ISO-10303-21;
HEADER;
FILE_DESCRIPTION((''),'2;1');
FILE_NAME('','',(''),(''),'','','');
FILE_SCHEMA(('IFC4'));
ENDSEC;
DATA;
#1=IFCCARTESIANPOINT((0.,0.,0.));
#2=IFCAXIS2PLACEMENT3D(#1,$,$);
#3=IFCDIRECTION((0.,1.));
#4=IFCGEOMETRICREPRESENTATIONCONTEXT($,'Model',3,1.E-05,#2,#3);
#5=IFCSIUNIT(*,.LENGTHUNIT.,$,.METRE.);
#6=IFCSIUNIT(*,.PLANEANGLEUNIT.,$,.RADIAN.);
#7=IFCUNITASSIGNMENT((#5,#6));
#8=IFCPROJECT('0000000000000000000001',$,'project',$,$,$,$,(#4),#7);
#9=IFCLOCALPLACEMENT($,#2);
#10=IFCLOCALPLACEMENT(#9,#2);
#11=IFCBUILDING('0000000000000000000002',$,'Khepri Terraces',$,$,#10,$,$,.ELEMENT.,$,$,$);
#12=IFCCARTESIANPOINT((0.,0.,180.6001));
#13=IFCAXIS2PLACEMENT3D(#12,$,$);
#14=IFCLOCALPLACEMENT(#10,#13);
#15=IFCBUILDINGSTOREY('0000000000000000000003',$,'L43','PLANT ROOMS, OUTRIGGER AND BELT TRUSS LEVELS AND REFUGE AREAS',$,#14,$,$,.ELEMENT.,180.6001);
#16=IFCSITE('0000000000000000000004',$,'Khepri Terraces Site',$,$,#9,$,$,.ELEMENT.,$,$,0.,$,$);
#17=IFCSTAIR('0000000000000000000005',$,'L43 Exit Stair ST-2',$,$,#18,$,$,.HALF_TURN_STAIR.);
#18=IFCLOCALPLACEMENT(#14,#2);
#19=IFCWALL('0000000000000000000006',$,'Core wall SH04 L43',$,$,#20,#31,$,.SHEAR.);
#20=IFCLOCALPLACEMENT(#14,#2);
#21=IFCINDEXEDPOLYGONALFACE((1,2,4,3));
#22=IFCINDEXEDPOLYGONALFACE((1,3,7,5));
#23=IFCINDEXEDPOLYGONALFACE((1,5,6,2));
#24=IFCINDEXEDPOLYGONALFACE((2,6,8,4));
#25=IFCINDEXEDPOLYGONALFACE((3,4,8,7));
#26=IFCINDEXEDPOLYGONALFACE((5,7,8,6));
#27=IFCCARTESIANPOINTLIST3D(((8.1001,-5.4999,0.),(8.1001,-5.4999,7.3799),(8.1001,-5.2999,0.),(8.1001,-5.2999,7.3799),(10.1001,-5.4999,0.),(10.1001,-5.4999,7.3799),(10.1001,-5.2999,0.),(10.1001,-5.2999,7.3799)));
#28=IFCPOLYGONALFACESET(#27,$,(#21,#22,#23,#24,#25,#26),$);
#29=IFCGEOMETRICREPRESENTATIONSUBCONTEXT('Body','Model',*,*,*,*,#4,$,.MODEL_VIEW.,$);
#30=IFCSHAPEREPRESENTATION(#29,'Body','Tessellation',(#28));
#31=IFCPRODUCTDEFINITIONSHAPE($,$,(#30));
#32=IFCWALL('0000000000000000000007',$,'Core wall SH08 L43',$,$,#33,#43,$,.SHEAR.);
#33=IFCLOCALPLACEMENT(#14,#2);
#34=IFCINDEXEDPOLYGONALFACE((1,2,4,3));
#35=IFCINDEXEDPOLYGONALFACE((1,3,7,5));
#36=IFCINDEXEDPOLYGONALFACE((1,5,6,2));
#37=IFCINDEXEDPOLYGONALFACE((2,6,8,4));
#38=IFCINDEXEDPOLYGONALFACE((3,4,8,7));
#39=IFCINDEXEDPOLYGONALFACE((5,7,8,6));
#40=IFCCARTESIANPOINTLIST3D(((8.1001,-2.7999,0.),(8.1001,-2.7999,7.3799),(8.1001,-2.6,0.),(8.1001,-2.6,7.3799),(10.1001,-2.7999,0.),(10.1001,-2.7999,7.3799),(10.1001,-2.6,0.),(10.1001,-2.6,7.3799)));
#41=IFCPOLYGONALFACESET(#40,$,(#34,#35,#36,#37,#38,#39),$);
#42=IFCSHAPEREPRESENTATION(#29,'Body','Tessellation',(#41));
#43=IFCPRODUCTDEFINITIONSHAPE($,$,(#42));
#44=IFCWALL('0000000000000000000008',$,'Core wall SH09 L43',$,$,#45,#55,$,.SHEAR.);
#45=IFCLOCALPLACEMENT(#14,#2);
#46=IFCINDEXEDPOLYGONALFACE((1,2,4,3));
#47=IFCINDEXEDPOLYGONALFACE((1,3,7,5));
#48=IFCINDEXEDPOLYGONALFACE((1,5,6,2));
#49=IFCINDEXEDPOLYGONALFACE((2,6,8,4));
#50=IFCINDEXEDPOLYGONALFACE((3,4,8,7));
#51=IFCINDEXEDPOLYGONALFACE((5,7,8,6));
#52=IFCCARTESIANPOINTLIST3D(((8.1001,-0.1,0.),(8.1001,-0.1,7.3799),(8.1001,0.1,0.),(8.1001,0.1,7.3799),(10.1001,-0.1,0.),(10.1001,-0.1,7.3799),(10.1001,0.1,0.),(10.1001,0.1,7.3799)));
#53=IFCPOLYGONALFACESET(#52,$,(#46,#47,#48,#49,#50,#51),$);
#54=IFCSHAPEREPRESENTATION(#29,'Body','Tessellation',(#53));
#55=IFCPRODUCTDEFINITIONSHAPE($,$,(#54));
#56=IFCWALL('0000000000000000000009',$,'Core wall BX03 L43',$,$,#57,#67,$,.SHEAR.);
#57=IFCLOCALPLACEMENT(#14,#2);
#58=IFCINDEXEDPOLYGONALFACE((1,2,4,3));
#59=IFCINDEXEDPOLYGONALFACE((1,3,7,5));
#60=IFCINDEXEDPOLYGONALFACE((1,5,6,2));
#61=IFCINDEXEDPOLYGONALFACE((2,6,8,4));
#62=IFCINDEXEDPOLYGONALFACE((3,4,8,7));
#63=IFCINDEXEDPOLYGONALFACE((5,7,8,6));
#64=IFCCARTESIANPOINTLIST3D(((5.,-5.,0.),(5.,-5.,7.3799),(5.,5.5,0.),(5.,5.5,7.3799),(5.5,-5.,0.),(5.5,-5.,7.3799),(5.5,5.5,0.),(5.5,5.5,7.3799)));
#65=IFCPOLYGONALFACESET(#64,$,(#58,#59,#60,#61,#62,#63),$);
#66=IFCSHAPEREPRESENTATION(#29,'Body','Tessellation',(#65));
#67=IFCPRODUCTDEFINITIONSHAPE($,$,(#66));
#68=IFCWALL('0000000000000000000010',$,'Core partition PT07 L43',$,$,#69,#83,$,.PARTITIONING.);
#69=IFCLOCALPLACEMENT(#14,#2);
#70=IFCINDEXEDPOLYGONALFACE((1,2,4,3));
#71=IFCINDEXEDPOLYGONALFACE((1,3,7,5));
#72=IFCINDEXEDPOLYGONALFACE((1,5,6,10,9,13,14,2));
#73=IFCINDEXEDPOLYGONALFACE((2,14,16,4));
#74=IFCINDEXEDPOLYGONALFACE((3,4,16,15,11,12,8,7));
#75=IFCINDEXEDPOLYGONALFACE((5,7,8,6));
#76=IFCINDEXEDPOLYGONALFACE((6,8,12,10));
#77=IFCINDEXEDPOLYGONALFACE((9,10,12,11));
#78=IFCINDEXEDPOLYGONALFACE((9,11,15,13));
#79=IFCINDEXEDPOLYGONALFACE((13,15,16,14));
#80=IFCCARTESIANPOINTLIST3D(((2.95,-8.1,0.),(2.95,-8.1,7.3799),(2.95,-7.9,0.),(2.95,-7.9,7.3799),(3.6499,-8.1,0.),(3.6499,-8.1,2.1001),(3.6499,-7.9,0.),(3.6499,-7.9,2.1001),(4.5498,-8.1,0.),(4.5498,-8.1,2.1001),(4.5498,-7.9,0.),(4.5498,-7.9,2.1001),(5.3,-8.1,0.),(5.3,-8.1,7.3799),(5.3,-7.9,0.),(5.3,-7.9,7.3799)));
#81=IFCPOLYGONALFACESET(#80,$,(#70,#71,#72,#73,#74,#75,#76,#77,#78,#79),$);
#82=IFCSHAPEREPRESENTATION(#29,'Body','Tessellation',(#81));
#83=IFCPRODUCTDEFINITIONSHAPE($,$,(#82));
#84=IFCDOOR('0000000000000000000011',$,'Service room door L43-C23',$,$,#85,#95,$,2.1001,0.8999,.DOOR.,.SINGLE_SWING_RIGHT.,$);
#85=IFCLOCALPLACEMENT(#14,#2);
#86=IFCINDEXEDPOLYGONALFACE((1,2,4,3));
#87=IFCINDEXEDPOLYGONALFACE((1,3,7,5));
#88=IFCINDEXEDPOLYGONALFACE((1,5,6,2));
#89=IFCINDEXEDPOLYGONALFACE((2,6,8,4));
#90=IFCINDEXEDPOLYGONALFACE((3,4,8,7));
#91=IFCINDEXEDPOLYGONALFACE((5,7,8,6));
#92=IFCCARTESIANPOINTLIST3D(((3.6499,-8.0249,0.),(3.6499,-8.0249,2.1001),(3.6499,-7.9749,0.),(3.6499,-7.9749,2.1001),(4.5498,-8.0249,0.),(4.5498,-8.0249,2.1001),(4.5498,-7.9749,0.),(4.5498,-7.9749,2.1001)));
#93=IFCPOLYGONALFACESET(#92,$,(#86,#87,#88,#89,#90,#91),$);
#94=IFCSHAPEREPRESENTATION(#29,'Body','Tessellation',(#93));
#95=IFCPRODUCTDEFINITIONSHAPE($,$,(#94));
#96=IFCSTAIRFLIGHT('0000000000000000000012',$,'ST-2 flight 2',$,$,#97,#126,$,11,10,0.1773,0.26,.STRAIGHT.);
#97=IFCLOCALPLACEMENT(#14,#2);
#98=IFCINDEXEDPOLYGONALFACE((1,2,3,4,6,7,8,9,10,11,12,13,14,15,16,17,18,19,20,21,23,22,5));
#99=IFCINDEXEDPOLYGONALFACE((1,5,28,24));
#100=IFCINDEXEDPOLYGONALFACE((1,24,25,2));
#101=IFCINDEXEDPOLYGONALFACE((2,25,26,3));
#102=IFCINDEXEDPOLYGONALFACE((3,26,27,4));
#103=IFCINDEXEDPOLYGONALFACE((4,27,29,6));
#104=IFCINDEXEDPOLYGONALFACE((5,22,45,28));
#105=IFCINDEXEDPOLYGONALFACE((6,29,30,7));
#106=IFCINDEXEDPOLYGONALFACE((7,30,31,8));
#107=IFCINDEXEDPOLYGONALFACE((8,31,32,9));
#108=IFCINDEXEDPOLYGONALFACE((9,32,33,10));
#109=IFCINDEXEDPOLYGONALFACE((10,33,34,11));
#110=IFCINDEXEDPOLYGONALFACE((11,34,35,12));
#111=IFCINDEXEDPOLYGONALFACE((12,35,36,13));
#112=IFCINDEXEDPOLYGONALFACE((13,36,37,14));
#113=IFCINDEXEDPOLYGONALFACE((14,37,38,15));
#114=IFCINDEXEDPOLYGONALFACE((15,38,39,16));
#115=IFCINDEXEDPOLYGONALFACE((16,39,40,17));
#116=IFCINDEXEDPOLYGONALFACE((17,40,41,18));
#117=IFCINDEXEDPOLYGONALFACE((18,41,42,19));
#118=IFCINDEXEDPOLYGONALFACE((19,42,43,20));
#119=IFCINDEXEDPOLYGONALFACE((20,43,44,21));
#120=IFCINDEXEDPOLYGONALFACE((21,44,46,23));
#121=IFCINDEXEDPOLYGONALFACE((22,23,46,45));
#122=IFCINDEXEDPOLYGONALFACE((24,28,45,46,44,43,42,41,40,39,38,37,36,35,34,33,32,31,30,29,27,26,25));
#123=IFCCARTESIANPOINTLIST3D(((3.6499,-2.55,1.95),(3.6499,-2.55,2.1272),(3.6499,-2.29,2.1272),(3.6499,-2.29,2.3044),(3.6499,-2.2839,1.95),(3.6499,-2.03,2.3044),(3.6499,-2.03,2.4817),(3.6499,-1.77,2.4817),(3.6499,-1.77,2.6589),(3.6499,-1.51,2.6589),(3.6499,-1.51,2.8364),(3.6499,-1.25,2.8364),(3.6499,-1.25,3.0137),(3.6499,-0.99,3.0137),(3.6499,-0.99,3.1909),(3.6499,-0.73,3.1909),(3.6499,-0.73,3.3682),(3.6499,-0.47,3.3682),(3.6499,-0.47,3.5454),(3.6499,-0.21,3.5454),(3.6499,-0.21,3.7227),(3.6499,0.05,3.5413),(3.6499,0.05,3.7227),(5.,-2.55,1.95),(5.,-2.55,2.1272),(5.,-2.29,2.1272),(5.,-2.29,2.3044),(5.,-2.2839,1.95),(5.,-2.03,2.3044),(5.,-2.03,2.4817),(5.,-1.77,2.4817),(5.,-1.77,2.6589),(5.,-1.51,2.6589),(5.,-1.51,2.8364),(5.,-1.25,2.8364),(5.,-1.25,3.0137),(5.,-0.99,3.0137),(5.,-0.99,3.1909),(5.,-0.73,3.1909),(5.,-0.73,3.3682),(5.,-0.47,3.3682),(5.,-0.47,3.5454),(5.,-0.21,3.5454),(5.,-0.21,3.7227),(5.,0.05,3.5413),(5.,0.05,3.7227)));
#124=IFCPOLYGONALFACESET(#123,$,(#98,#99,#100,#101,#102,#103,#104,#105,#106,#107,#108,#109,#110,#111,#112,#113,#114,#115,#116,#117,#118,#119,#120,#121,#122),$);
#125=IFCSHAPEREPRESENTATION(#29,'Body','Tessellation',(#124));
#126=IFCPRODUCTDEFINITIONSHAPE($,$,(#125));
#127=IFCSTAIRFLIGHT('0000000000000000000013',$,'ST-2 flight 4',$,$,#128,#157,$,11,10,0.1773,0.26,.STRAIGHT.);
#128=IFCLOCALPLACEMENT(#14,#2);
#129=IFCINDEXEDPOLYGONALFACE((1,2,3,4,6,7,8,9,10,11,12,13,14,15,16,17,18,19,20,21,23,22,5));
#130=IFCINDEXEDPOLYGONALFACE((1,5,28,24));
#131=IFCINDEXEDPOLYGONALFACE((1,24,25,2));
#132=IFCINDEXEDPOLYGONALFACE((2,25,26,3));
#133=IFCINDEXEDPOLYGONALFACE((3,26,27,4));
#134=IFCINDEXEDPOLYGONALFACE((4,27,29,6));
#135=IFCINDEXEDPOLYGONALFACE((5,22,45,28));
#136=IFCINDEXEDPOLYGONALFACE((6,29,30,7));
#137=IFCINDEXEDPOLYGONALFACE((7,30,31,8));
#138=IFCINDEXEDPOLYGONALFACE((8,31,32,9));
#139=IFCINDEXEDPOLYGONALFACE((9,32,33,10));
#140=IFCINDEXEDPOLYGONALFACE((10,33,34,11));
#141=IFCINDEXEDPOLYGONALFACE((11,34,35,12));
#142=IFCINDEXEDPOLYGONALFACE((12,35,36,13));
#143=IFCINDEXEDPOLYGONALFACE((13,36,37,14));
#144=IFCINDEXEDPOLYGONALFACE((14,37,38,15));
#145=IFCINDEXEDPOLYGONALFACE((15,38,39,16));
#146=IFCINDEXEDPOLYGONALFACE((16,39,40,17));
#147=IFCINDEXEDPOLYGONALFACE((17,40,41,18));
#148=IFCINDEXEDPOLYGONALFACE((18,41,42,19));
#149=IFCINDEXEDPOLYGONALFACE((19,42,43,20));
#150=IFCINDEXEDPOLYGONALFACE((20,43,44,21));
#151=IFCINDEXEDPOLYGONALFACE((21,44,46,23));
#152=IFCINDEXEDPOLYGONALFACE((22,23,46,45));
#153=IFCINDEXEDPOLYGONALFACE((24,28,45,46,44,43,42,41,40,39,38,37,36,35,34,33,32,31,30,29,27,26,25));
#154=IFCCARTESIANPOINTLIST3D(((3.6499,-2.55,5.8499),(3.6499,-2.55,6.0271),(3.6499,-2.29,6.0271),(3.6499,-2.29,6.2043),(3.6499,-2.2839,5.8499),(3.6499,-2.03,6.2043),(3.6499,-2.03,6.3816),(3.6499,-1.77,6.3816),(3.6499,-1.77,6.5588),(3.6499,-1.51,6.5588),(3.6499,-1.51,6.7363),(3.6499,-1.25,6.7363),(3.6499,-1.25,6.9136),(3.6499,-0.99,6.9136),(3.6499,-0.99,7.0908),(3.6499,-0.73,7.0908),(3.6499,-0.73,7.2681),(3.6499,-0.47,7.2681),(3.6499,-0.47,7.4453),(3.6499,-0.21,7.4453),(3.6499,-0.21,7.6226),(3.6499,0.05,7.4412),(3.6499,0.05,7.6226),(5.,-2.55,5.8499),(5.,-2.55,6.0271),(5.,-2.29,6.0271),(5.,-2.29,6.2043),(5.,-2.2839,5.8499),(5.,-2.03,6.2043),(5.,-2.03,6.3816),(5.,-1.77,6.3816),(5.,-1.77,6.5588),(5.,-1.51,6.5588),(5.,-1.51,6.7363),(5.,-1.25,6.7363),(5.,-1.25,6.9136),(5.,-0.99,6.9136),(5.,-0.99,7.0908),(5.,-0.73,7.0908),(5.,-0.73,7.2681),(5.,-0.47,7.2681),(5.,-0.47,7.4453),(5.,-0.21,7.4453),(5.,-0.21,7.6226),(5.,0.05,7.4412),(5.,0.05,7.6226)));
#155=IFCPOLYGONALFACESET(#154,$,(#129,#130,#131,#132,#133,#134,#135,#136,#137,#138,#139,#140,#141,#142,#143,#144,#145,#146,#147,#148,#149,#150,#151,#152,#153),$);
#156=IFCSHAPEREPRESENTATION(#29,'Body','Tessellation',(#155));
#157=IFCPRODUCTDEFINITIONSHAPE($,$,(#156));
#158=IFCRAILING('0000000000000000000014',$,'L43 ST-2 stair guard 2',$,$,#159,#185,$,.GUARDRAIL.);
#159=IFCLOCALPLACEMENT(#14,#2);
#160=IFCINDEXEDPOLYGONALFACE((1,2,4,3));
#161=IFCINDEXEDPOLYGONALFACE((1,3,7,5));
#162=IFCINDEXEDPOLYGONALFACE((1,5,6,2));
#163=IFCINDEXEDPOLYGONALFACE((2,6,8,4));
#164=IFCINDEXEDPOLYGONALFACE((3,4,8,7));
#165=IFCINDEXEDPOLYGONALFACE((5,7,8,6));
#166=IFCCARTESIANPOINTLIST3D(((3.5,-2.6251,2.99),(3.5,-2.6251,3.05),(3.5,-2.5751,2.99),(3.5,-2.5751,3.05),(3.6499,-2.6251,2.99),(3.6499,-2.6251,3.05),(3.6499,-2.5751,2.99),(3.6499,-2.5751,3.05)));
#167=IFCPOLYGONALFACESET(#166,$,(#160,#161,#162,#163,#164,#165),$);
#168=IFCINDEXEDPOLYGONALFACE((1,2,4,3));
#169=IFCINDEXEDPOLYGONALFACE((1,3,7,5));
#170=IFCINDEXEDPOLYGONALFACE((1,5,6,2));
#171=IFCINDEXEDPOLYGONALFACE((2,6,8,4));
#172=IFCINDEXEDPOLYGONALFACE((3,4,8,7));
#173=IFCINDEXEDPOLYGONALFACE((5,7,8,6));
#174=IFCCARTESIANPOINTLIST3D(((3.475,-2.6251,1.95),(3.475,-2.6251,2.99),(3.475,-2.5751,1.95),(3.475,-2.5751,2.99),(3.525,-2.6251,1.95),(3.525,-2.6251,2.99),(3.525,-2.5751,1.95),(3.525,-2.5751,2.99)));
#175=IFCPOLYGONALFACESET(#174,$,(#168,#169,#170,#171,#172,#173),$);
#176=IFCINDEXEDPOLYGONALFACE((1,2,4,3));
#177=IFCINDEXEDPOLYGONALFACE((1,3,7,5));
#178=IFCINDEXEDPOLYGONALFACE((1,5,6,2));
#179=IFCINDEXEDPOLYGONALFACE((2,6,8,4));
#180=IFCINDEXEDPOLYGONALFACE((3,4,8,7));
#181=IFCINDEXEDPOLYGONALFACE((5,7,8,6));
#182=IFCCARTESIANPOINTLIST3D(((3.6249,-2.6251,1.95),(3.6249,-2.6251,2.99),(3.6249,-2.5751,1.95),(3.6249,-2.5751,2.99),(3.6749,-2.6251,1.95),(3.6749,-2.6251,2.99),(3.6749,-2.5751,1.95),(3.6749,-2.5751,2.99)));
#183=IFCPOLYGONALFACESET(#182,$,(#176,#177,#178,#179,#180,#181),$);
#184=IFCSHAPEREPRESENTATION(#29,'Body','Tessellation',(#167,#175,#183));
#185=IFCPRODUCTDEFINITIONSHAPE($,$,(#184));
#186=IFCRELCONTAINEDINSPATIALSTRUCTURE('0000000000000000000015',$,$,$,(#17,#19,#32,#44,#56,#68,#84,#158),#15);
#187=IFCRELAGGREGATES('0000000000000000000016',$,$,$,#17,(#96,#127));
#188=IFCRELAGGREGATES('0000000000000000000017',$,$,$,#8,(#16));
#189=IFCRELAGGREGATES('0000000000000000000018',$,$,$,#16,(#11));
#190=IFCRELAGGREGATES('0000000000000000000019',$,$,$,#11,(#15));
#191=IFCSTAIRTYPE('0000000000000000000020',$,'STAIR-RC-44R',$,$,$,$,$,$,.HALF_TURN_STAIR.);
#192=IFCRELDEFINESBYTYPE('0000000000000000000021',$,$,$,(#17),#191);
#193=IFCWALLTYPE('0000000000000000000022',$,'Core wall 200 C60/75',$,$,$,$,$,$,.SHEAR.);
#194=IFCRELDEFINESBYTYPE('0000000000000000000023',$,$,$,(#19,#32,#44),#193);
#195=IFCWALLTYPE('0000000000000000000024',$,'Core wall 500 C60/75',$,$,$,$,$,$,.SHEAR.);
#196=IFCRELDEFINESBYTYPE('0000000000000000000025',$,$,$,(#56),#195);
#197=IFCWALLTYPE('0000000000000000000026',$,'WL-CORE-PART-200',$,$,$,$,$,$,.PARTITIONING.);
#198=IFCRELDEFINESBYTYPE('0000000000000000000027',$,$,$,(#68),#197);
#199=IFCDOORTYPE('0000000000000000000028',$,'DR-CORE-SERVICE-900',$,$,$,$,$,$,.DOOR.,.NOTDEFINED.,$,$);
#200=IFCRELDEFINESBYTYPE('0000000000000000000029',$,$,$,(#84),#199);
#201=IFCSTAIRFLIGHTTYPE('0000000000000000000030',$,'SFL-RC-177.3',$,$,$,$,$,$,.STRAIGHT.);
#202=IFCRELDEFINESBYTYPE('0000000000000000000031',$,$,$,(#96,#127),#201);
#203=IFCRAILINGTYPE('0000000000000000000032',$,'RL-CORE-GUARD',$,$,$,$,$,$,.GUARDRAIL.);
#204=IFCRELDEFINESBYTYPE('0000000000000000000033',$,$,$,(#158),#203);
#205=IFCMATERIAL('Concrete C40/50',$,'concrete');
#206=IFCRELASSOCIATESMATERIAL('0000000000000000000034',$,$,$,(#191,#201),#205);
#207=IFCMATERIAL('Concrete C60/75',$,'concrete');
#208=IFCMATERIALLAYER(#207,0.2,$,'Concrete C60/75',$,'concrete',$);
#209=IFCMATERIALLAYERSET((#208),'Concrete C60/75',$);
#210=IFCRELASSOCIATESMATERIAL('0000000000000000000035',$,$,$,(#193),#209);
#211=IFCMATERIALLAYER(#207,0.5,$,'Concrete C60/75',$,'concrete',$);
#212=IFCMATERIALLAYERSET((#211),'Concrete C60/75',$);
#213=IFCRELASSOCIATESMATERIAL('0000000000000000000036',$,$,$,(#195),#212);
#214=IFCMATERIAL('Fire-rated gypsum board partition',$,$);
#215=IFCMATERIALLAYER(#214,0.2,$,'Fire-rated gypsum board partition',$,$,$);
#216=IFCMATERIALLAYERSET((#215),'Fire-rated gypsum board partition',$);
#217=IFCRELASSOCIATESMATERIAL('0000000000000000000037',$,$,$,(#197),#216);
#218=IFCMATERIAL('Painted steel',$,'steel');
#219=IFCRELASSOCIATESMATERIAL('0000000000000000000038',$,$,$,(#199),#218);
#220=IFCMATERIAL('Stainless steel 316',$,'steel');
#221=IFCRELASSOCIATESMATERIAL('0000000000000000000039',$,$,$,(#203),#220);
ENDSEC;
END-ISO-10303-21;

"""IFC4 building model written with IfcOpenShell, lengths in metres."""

from ifc_helpers import new_model, si_unit, direction, frame, frame_2d, origin, origin_2d, place, context, subcontext, project, spatial, polyline, rectangle, outline, extrude, material, layer, layer_set, type_object, element, fill, aggregate, save


model = new_model("IFC4")

# Units and contexts
model_context = context("Model", 3, precision=1e-05, world=origin(), true_north=direction((0.0, 1.0)))
body_context = subcontext(model_context, "Body", "Model", "MODEL_VIEW")
ifc_project = project(units=[si_unit("LENGTHUNIT", "METRE"), si_unit("PLANEANGLEUNIT", "RADIAN")], contexts=[model_context])

# Site, building, storey
site_placement = place(None, origin())
site = spatial("IfcSite", under=ifc_project, at=site_placement, Name="Khepri Terraces Site", CompositionType="ELEMENT", RefElevation=0.0)
building_placement = place(site_placement, origin())
building = spatial("IfcBuilding", under=site, at=building_placement, Name="Khepri Terraces", CompositionType="ELEMENT")
storey_placement = place(building_placement, frame((0.0, 0.0, 180.6001)))
storey = spatial("IfcBuildingStorey", under=building, at=storey_placement, Name="L43", Description="PLANT ROOMS, OUTRIGGER AND BELT TRUSS LEVELS AND REFUGE AREAS", CompositionType="ELEMENT", Elevation=180.6001)

# Stair
ifc_material_1 = material(Name="Concrete C40/50", Category="concrete")
stair_type = type_object("IfcStairType", Name="STAIR-RC-44R", PredefinedType="HALF_TURN_STAIR", material=ifc_material_1)
stair_1_placement = place(storey_placement, origin())
stair_1 = element("IfcStair", 1, at=stair_1_placement, inside=storey, type_object=stair_type, Name="L43 Exit Stair ST-2", PredefinedType="HALF_TURN_STAIR")

# Shared definitions
ifc_material_2 = material(Name="Concrete C60/75", Category="concrete")
ifc_layer_1 = layer(ifc_material_2, 0.2, Name="Concrete C60/75", Category="concrete")
ifc_layer_set_1 = layer_set([ifc_layer_1], Name="Concrete C60/75")
wall_type_1 = type_object("IfcWallType", Name="Core wall 200 C60/75", PredefinedType="SHEAR", material=ifc_layer_set_1)
ifc_material_3 = material(Name="Painted steel", Category="steel")

# Walls
for number, where, z_axis, x_axis, name in (
    (2, (8.1001, -5.3999, 0.0), (0.0, 0.0, 1.0), (1.0, 0.0, 0.0), "Core wall SH04 L43"),
    (3, (8.1001, -2.7, 0.0), (0.0, 0.0, 1.0), (1.0, 0.0, 0.0), "Core wall SH08 L43"),
    (4, (8.1001, 0.0, 0.0), (0.0, 0.0, 1.0), (1.0, 0.0, 0.0), "Core wall SH09 L43"),
):
    element("IfcWall", number, at=place(storey_placement, frame(where, z_axis=z_axis, x_axis=x_axis)), inside=storey, type_object=wall_type_1, Name=name, PredefinedType="SHEAR", context=body_context, shape_type="SweptSolid", body=[
        extrude(rectangle(XDim=2.0, YDim=0.2, at=frame_2d((1.0, 0.0))), origin(), (0.0, 0.0, 1.0), 7.3799),
    ])
ifc_layer_2 = layer(ifc_material_2, 0.5, Name="Concrete C60/75", Category="concrete")
ifc_layer_set_2 = layer_set([ifc_layer_2], Name="Concrete C60/75")
wall_type_2 = type_object("IfcWallType", Name="Core wall 500 C60/75", PredefinedType="SHEAR", material=ifc_layer_set_2)
wall_1_placement = place(storey_placement, frame((5.25, -5.0, 0.0), z_axis=(0.0, 0.0, 1.0), x_axis=(0.0, 1.0, 0.0)))
element("IfcWall", 5, at=wall_1_placement, inside=storey, type_object=wall_type_2, Name="Core wall BX03 L43", PredefinedType="SHEAR", context=body_context, shape_type="SweptSolid", body=[
    extrude(rectangle(XDim=10.5, YDim=0.5, at=frame_2d((5.25, 0.0))), origin(), (0.0, 0.0, 1.0), 7.3799),
])

# Wall, opening, door
ifc_material_4 = material(Name="Fire-rated gypsum board partition")
ifc_layer_3 = layer(ifc_material_4, 0.2, Name="Fire-rated gypsum board partition")
ifc_layer_set_3 = layer_set([ifc_layer_3], Name="Fire-rated gypsum board partition")
wall_type_3 = type_object("IfcWallType", Name="WL-CORE-PART-200", PredefinedType="PARTITIONING", material=ifc_layer_set_3)
wall_2_placement = place(storey_placement, frame((2.95, -8.0, 0.0), z_axis=(0.0, 0.0, 1.0), x_axis=(1.0, 0.0, 0.0)))
wall_2 = element("IfcWall", 6, at=wall_2_placement, inside=storey, type_object=wall_type_3, Name="Core partition PT07 L43", PredefinedType="PARTITIONING", context=body_context, shape_type="SweptSolid", body=[
    extrude(rectangle(XDim=2.3501, YDim=0.2, at=frame_2d((1.175, 0.0))), origin(), (0.0, 0.0, 1.0), 7.3799),
])
opening_1_placement = place(wall_2_placement, frame((0.7, 0.0, 0.0)))
opening_1 = element("IfcOpeningElement", 7, at=opening_1_placement, cuts=wall_2, PredefinedType="OPENING", context=body_context, shape_type="SweptSolid", body=[
    extrude(rectangle(XDim=0.8999, YDim=2.1001, at=frame_2d((0.45, 1.05))), frame((0.0, 0.1099, 0.0), z_axis=(0.0, -1.0, 0.0), x_axis=(1.0, 0.0, 0.0)), (0.0, 0.0, 1.0), 0.22),
])
door_type_1 = type_object("IfcDoorType", Name="DR-CORE-SERVICE-900", OperationType="NOTDEFINED", PredefinedType="DOOR", material=ifc_material_3)
door_1_placement = place(opening_1_placement, frame((0.8999, 0.0, 0.0), z_axis=(0.0, 0.0, 1.0), x_axis=(-1.0, 0.0, 0.0)))
door_1 = element("IfcDoor", 8, at=door_1_placement, inside=storey, type_object=door_type_1, Name="Service room door L43-C23", OperationType="SINGLE_SWING_RIGHT", OverallHeight=2.1001, OverallWidth=0.8999, PredefinedType="DOOR", context=body_context, shape_type="SweptSolid", body=[
    extrude(rectangle(XDim=0.8999, YDim=2.1001, at=frame_2d((0.45, 1.05))), frame((0.0, 0.0249, 0.0), z_axis=(0.0, -1.0, 0.0), x_axis=(1.0, 0.0, 0.0)), (0.0, 0.0, 1.0), 0.05),
])
fill(opening_1, door_1)

# Stair flights
stair_flight_type = type_object("IfcStairFlightType", Name="SFL-RC-177.3", PredefinedType="STRAIGHT", material=ifc_material_1)
stair_flight_1_placement = place(storey_placement, frame((4.325, -2.55, 1.95), z_axis=(0.0, 0.0, 1.0), x_axis=(0.0, 1.0, 0.0)))
stair_flight_1 = element("IfcStairFlight", 9, at=stair_flight_1_placement, type_object=stair_flight_type, Name="ST-2 flight 2", NumberOfRisers=11, NumberOfTreads=10, PredefinedType="STRAIGHT", RiserHeight=0.1773, TreadLength=0.26, context=body_context, shape_type="SweptSolid", body=[
    extrude(outline(polyline([(0.0, 0.0), (0.0, 0.1772), (0.26, 0.1772), (0.26, 0.3545), (0.52, 0.3545), (0.52, 0.5317), (0.78, 0.5317), (0.78, 0.709), (1.04, 0.709), (1.04, 0.8865), (1.3, 0.8865), (1.3, 1.0637), (1.5601, 1.0637), (1.5601, 1.241), (1.8201, 1.241), (1.8201, 1.4182), (2.0801, 1.4182), (2.0801, 1.5955), (2.3401, 1.5955), (2.3401, 1.7727), (2.6001, 1.7727), (2.6001, 1.95), (2.6001, 1.5913), (0.2661, 0.0), (0.0, 0.0)])), frame((0.0, 0.675, 0.0), z_axis=(0.0, -1.0, 0.0), x_axis=(1.0, 0.0, 0.0)), (0.0, 0.0, 1.0), 1.3501),
])
stair_flight_2_placement = place(storey_placement, frame((4.325, -2.55, 5.8499), z_axis=(0.0, 0.0, 1.0), x_axis=(0.0, 1.0, 0.0)))
stair_flight_2 = element("IfcStairFlight", 10, at=stair_flight_2_placement, type_object=stair_flight_type, Name="ST-2 flight 4", NumberOfRisers=11, NumberOfTreads=10, PredefinedType="STRAIGHT", RiserHeight=0.1773, TreadLength=0.26, context=body_context, shape_type="SweptSolid", body=[
    extrude(outline(polyline([(0.0, 0.0), (0.0, 0.1772), (0.26, 0.1772), (0.26, 0.3545), (0.52, 0.3545), (0.52, 0.5317), (0.78, 0.5317), (0.78, 0.709), (1.04, 0.709), (1.04, 0.8865), (1.3, 0.8865), (1.3, 1.0637), (1.5601, 1.0637), (1.5601, 1.241), (1.8201, 1.241), (1.8201, 1.4182), (2.0801, 1.4182), (2.0801, 1.5955), (2.3401, 1.5955), (2.3401, 1.7727), (2.6001, 1.7727), (2.6001, 1.95), (2.6001, 1.5913), (0.2661, 0.0), (0.0, 0.0)])), frame((0.0, 0.675, 0.0), z_axis=(0.0, -1.0, 0.0), x_axis=(1.0, 0.0, 0.0)), (0.0, 0.0, 1.0), 1.3501),
])
aggregate(stair_1, [stair_flight_1, stair_flight_2])

# Railing
ifc_material_5 = material(Name="Stainless steel 316", Category="steel")
railing_type_1 = type_object("IfcRailingType", Name="RL-CORE-GUARD", PredefinedType="GUARDRAIL", material=ifc_material_5)
railing_1_placement = place(storey_placement, frame((3.5, -2.6001, 1.95)))
element("IfcRailing", 11, at=railing_1_placement, inside=storey, type_object=railing_type_1, Name="L43 ST-2 stair guard 2", PredefinedType="GUARDRAIL", context=body_context, shape_type="SweptSolid", body=[
    extrude(rectangle(XDim=0.05, YDim=0.0601, at=origin_2d()), frame((0.0, 0.0, 1.0701), z_axis=(1.0, 0.0, 0.0), x_axis=(0.0, 1.0, 0.0)), (0.0, 0.0, 1.0), 0.1499),
    extrude(rectangle(XDim=0.05, YDim=0.05, at=origin_2d()), origin(), (0.0, 0.0, 1.0), 1.04),
    extrude(rectangle(XDim=0.05, YDim=0.05, at=origin_2d()), frame((0.1499, 0.0, 0.0)), (0.0, 0.0, 1.0), 1.04),
])

save(model, "model.ifc")
